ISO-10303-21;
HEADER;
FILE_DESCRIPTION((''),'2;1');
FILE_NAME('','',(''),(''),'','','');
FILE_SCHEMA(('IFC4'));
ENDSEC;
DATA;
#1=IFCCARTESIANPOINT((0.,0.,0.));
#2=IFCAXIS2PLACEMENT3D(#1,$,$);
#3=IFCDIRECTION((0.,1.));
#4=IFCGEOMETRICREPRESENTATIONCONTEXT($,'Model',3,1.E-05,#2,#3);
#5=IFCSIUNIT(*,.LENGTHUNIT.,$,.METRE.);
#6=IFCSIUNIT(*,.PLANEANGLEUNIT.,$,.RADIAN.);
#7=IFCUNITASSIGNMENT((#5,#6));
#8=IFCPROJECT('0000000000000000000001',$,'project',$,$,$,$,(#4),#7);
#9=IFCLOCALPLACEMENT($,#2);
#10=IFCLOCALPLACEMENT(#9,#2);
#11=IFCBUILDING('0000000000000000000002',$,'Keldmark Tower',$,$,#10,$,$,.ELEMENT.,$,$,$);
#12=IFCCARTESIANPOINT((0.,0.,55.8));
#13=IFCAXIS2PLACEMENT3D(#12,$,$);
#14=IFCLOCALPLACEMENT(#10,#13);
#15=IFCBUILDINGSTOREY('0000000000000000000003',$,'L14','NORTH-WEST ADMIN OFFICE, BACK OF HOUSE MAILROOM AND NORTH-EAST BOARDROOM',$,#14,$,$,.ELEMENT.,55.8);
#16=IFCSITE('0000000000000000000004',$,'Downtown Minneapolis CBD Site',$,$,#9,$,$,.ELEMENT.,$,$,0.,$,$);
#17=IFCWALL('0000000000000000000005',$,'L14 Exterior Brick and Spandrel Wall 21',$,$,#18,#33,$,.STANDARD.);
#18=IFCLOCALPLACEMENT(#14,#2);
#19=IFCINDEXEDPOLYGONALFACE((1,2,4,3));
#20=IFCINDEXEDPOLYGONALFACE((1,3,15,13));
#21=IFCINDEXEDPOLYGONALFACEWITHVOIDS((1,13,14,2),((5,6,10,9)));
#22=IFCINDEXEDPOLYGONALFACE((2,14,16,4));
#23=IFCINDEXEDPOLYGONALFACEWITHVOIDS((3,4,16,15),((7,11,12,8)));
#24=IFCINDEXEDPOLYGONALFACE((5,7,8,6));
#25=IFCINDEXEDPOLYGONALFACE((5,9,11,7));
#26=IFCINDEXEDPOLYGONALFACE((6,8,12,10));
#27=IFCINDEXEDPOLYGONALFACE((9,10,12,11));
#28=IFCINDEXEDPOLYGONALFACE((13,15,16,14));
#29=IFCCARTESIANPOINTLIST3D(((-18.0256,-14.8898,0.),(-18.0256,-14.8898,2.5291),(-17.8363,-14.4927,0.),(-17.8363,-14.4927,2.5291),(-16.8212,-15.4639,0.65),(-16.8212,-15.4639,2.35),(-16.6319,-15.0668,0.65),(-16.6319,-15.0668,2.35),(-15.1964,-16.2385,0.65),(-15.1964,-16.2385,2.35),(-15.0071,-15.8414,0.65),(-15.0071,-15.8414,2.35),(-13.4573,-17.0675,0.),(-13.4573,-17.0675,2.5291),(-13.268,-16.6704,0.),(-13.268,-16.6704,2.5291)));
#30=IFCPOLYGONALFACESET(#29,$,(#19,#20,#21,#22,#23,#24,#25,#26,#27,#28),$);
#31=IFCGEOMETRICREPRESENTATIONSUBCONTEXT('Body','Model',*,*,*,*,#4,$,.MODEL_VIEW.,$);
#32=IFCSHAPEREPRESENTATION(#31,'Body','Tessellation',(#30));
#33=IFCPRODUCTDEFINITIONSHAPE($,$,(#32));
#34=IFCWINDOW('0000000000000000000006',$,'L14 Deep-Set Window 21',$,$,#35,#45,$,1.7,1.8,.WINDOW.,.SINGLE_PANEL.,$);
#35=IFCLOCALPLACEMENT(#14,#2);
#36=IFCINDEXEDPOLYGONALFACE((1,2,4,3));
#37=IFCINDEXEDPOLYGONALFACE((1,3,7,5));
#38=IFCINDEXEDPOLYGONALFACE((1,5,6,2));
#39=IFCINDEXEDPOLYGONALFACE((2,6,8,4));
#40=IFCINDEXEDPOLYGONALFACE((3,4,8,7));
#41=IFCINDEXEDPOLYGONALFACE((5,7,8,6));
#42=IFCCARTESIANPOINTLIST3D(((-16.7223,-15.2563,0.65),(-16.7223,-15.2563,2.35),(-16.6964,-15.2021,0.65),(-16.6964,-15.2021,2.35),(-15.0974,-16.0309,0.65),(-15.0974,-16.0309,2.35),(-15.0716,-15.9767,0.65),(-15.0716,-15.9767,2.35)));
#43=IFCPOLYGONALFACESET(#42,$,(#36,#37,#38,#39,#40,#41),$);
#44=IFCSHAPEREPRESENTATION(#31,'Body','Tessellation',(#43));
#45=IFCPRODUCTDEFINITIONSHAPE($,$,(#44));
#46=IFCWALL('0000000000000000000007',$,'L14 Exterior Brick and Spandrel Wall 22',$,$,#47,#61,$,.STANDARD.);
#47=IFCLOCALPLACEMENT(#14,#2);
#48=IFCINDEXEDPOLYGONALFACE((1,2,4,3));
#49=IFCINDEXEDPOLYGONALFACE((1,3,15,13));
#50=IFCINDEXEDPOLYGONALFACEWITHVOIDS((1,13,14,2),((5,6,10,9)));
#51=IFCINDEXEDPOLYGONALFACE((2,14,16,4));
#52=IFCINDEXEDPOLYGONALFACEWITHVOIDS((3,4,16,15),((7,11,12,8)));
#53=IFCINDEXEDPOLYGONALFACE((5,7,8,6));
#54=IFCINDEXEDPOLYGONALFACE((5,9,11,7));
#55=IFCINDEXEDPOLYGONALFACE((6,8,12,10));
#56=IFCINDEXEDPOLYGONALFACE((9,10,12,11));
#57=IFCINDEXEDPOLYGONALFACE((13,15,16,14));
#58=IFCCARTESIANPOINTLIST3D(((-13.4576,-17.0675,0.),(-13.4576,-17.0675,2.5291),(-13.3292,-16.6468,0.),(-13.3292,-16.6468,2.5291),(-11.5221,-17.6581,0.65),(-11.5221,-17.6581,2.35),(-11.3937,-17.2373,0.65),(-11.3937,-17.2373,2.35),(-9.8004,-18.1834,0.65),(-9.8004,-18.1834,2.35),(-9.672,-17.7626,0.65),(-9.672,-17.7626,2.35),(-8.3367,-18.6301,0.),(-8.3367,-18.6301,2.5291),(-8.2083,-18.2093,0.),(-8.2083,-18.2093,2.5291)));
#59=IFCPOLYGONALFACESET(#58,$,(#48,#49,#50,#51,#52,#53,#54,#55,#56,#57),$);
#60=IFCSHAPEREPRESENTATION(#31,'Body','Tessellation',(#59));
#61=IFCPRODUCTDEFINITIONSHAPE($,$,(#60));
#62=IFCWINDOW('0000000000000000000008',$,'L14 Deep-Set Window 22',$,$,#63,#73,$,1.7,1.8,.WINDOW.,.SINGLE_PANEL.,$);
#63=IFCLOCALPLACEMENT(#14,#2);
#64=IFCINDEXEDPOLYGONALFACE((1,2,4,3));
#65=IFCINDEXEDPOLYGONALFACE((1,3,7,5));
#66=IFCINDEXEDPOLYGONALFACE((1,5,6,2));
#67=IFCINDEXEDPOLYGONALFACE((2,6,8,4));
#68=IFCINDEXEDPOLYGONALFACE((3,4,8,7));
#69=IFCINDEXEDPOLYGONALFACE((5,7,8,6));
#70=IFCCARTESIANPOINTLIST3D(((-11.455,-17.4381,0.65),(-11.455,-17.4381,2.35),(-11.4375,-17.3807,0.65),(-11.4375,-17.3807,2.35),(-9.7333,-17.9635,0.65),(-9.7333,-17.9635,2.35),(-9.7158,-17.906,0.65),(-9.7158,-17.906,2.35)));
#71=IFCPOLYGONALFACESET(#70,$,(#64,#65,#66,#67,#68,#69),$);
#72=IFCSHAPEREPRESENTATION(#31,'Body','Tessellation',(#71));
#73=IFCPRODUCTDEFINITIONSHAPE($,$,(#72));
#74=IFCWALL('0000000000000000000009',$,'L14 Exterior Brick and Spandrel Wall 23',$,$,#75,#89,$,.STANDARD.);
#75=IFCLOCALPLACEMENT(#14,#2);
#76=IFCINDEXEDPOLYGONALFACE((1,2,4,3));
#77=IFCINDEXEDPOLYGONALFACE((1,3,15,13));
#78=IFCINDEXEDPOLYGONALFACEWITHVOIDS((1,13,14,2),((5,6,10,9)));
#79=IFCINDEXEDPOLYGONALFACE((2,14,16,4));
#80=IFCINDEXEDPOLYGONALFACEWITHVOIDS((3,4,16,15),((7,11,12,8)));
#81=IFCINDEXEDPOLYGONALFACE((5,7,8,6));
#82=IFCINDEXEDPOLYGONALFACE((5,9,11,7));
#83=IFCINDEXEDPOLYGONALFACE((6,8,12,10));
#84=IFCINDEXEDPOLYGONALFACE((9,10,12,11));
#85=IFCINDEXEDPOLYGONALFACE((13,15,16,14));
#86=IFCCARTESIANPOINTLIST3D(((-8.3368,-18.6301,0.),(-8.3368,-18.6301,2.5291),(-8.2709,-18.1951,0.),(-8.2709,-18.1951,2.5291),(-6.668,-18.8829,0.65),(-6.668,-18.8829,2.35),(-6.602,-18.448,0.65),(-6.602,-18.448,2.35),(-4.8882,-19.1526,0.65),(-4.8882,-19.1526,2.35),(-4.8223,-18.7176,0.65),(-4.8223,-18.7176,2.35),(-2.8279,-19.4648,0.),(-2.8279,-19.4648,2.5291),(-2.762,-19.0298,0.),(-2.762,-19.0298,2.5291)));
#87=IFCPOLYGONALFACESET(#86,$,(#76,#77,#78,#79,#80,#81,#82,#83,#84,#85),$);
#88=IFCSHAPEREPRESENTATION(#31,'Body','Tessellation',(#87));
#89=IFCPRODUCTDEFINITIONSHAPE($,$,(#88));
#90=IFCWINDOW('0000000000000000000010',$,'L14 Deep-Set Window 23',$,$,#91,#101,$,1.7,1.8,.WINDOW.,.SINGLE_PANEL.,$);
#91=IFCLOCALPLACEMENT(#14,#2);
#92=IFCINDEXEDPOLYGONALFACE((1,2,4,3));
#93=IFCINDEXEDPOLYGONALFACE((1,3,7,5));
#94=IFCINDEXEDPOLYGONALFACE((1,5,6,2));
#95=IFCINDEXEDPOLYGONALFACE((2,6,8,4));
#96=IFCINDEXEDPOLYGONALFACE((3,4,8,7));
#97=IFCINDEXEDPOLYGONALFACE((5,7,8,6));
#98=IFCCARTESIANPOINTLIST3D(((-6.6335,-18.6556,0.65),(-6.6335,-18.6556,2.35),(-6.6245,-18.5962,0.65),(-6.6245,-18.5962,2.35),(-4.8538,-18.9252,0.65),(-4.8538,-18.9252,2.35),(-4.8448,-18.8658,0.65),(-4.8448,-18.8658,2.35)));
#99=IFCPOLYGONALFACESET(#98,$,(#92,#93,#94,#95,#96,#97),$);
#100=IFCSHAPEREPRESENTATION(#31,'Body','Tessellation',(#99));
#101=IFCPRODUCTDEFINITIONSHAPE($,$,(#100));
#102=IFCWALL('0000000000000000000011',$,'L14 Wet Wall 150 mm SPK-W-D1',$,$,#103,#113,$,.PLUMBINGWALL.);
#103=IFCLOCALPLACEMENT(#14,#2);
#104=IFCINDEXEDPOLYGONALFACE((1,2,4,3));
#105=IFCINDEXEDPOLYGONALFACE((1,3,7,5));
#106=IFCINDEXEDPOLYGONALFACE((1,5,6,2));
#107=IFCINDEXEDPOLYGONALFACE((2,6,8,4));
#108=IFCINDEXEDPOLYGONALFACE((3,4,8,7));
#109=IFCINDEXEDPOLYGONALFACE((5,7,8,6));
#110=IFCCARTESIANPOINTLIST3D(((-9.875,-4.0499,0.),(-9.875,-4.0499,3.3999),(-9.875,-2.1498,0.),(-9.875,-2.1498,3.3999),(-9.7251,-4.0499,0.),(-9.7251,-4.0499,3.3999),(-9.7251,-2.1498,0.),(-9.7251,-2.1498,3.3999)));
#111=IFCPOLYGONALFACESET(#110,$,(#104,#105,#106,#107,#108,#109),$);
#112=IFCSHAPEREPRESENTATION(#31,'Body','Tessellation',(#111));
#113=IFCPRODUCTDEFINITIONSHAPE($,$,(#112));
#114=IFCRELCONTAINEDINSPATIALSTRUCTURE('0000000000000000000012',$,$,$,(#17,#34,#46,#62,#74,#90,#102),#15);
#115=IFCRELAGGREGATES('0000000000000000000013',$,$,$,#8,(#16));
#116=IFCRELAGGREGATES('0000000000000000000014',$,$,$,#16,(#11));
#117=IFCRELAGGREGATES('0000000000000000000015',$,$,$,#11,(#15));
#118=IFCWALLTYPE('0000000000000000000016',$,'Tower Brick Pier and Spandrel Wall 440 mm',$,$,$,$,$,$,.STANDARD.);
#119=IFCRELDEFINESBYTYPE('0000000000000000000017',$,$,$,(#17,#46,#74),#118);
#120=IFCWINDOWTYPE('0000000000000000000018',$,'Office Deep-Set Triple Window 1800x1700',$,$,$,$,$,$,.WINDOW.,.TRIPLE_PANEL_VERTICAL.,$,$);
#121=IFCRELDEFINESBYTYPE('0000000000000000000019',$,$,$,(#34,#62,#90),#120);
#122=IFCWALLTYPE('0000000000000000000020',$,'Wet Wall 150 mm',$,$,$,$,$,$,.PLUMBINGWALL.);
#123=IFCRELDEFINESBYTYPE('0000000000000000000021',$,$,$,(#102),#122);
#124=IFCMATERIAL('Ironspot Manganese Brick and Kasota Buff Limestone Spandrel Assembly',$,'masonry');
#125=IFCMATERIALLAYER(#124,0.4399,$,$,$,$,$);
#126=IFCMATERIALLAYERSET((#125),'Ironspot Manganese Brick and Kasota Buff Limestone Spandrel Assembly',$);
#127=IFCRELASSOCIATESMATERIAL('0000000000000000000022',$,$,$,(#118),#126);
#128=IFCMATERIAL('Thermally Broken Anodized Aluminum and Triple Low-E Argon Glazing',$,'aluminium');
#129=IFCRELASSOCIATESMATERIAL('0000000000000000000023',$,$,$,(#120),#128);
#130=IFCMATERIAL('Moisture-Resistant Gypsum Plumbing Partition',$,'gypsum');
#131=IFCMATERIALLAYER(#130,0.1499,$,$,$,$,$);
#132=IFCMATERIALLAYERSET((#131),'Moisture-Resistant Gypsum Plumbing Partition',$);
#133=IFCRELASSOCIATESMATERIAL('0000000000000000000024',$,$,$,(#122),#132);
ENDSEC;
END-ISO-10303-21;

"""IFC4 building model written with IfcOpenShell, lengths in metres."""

from ifc_helpers import new_model, si_unit, direction, frame, frame_2d, origin, place, context, subcontext, project, spatial, rectangle, extrude, material, layer, layer_set, type_object, element, fill, save


model = new_model("IFC4")

# Units and contexts
model_context = context("Model", 3, precision=1e-05, world=origin(), true_north=direction((0.0, 1.0)))
body_context = subcontext(model_context, "Body", "Model", "MODEL_VIEW")
ifc_project = project(units=[si_unit("LENGTHUNIT", "METRE"), si_unit("PLANEANGLEUNIT", "RADIAN")], contexts=[model_context])

# Site, building, storey
site_placement = place(None, origin())
site = spatial("IfcSite", under=ifc_project, at=site_placement, Name="Downtown Minneapolis CBD Site", CompositionType="ELEMENT", RefElevation=0.0)
building_placement = place(site_placement, origin())
building = spatial("IfcBuilding", under=site, at=building_placement, Name="Keldmark Tower", CompositionType="ELEMENT")
storey_placement = place(building_placement, frame((0.0, 0.0, 55.8)))
storey = spatial("IfcBuildingStorey", under=building, at=storey_placement, Name="L14", Description="NORTH-WEST ADMIN OFFICE, BACK OF HOUSE MAILROOM AND NORTH-EAST BOARDROOM", CompositionType="ELEMENT", Elevation=55.8)

# Walls, openings, windows
ifc_material_1 = material(Name="Ironspot Manganese Brick and Kasota Buff Limestone Spandrel Assembly", Category="masonry")
ifc_layer_1 = layer(ifc_material_1, 0.4399)
ifc_layer_set_1 = layer_set([ifc_layer_1], Name="Ironspot Manganese Brick and Kasota Buff Limestone Spandrel Assembly")
wall_type_1 = type_object("IfcWallType", Name="Tower Brick Pier and Spandrel Wall 440 mm", PredefinedType="STANDARD", material=ifc_layer_set_1)
wall_1_placement = place(storey_placement, frame((-13.3628, -16.8689, 0.0), z_axis=(0.0, 0.0, 1.0), x_axis=(-0.902682, 0.430308, 0.0)))
wall_1 = element("IfcWall", 1, at=wall_1_placement, inside=storey, type_object=wall_type_1, Name="L14 Exterior Brick and Spandrel Wall 21", PredefinedType="STANDARD", context=body_context, shape_type="SweptSolid", body=[
    extrude(rectangle(XDim=5.0608, YDim=0.4399, at=frame_2d((2.5303, 0.0))), origin(), (0.0, 0.0, 1.0), 2.5291),
])
opening_1_placement = place(wall_1_placement, frame((1.9265, 0.0, 0.6499)))
opening_1 = element("IfcOpeningElement", 2, at=opening_1_placement, cuts=wall_1, PredefinedType="OPENING", context=body_context, shape_type="SweptSolid", body=[
    extrude(rectangle(XDim=1.8, YDim=1.7, at=frame_2d((0.8999, 0.8501))), frame((0.0, 0.23, 0.0), z_axis=(0.0, -1.0, 0.0), x_axis=(1.0, 0.0, 0.0)), (0.0, 0.0, 1.0), 0.46),
])
ifc_material_2 = material(Name="Thermally Broken Anodized Aluminum and Triple Low-E Argon Glazing", Category="aluminium")
window_type = type_object("IfcWindowType", Name="Office Deep-Set Triple Window 1800x1700", PartitioningType="TRIPLE_PANEL_VERTICAL", PredefinedType="WINDOW", material=ifc_material_2)
window_1_placement = place(opening_1_placement, origin())
window_1 = element("IfcWindow", 3, at=window_1_placement, inside=storey, type_object=window_type, Name="L14 Deep-Set Window 21", OverallHeight=1.7, OverallWidth=1.8, PartitioningType="SINGLE_PANEL", PredefinedType="WINDOW", context=body_context, shape_type="SweptSolid", body=[
    extrude(rectangle(XDim=1.8, YDim=1.7, at=frame_2d((0.8999, 0.8501))), frame((0.0, -0.01, 0.0), z_axis=(0.0, -1.0, 0.0), x_axis=(1.0, 0.0, 0.0)), (0.0, 0.0, 1.0), 0.0601),
])
fill(opening_1, window_1)
wall_2_placement = place(storey_placement, frame((-8.2725, -18.4197, 0.0), z_axis=(0.0, 0.0, 1.0), x_axis=(-0.956467, 0.291842, 0.0)))
wall_2 = element("IfcWall", 4, at=wall_2_placement, inside=storey, type_object=wall_type_1, Name="L14 Exterior Brick and Spandrel Wall 22", PredefinedType="STANDARD", context=body_context, shape_type="SweptSolid", body=[
    extrude(rectangle(XDim=5.354, YDim=0.4399, at=frame_2d((2.677, 0.0))), origin(), (0.0, 0.0, 1.0), 2.5291),
])
opening_2_placement = place(wall_2_placement, frame((1.5305, 0.0, 0.6499)))
opening_2 = element("IfcOpeningElement", 5, at=opening_2_placement, cuts=wall_2, PredefinedType="OPENING", context=body_context, shape_type="SweptSolid", body=[
    extrude(rectangle(XDim=1.8, YDim=1.7, at=frame_2d((0.8999, 0.8501))), frame((0.0, 0.23, 0.0), z_axis=(0.0, -1.0, 0.0), x_axis=(1.0, 0.0, 0.0)), (0.0, 0.0, 1.0), 0.46),
])
window_2_placement = place(opening_2_placement, origin())
window_2 = element("IfcWindow", 6, at=window_2_placement, inside=storey, type_object=window_type, Name="L14 Deep-Set Window 22", OverallHeight=1.7, OverallWidth=1.8, PartitioningType="SINGLE_PANEL", PredefinedType="WINDOW", context=body_context, shape_type="SweptSolid", body=[
    extrude(rectangle(XDim=1.8, YDim=1.7, at=frame_2d((0.8999, 0.8501))), frame((0.0, -0.01, 0.0), z_axis=(0.0, -1.0, 0.0), x_axis=(1.0, 0.0, 0.0)), (0.0, 0.0, 1.0), 0.0601),
])
fill(opening_2, window_2)
wall_3_placement = place(storey_placement, frame((-2.7949, -19.2473, 0.0), z_axis=(0.0, 0.0, 1.0), x_axis=(-0.988714, 0.149814, 0.0)))
wall_3 = element("IfcWall", 7, at=wall_3_placement, inside=storey, type_object=wall_type_1, Name="L14 Exterior Brick and Spandrel Wall 23", PredefinedType="STANDARD", context=body_context, shape_type="SweptSolid", body=[
    extrude(rectangle(XDim=5.5718, YDim=0.4399, at=frame_2d((2.7859, 0.0))), origin(), (0.0, 0.0, 1.0), 2.5291),
])
opening_3_placement = place(wall_3_placement, frame((2.084, 0.0, 0.6499)))
opening_3 = element("IfcOpeningElement", 8, at=opening_3_placement, cuts=wall_3, PredefinedType="OPENING", context=body_context, shape_type="SweptSolid", body=[
    extrude(rectangle(XDim=1.8, YDim=1.7, at=frame_2d((0.8999, 0.8501))), frame((0.0, 0.23, 0.0), z_axis=(0.0, -1.0, 0.0), x_axis=(1.0, 0.0, 0.0)), (0.0, 0.0, 1.0), 0.46),
])
window_3_placement = place(opening_3_placement, origin())
window_3 = element("IfcWindow", 9, at=window_3_placement, inside=storey, type_object=window_type, Name="L14 Deep-Set Window 23", OverallHeight=1.7, OverallWidth=1.8, PartitioningType="SINGLE_PANEL", PredefinedType="WINDOW", context=body_context, shape_type="SweptSolid", body=[
    extrude(rectangle(XDim=1.8, YDim=1.7, at=frame_2d((0.8999, 0.8501))), frame((0.0, -0.01, 0.0), z_axis=(0.0, -1.0, 0.0), x_axis=(1.0, 0.0, 0.0)), (0.0, 0.0, 1.0), 0.0601),
])
fill(opening_3, window_3)

# Wall
ifc_material_3 = material(Name="Moisture-Resistant Gypsum Plumbing Partition", Category="gypsum")
ifc_layer_2 = layer(ifc_material_3, 0.1499)
ifc_layer_set_2 = layer_set([ifc_layer_2], Name="Moisture-Resistant Gypsum Plumbing Partition")
wall_type_2 = type_object("IfcWallType", Name="Wet Wall 150 mm", PredefinedType="PLUMBINGWALL", material=ifc_layer_set_2)
wall_4_placement = place(storey_placement, frame((-9.8, -4.05, 0.0), z_axis=(0.0, 0.0, 1.0), x_axis=(0.0, 1.0, 0.0)))
element("IfcWall", 10, at=wall_4_placement, inside=storey, type_object=wall_type_2, Name="L14 Wet Wall 150 mm SPK-W-D1", PredefinedType="PLUMBINGWALL", context=body_context, shape_type="SweptSolid", body=[
    extrude(rectangle(XDim=1.9001, YDim=0.1499, at=frame_2d((0.9502, 0.0))), origin(), (0.0, 0.0, 1.0), 3.3999),
])

save(model, "model.ifc")
